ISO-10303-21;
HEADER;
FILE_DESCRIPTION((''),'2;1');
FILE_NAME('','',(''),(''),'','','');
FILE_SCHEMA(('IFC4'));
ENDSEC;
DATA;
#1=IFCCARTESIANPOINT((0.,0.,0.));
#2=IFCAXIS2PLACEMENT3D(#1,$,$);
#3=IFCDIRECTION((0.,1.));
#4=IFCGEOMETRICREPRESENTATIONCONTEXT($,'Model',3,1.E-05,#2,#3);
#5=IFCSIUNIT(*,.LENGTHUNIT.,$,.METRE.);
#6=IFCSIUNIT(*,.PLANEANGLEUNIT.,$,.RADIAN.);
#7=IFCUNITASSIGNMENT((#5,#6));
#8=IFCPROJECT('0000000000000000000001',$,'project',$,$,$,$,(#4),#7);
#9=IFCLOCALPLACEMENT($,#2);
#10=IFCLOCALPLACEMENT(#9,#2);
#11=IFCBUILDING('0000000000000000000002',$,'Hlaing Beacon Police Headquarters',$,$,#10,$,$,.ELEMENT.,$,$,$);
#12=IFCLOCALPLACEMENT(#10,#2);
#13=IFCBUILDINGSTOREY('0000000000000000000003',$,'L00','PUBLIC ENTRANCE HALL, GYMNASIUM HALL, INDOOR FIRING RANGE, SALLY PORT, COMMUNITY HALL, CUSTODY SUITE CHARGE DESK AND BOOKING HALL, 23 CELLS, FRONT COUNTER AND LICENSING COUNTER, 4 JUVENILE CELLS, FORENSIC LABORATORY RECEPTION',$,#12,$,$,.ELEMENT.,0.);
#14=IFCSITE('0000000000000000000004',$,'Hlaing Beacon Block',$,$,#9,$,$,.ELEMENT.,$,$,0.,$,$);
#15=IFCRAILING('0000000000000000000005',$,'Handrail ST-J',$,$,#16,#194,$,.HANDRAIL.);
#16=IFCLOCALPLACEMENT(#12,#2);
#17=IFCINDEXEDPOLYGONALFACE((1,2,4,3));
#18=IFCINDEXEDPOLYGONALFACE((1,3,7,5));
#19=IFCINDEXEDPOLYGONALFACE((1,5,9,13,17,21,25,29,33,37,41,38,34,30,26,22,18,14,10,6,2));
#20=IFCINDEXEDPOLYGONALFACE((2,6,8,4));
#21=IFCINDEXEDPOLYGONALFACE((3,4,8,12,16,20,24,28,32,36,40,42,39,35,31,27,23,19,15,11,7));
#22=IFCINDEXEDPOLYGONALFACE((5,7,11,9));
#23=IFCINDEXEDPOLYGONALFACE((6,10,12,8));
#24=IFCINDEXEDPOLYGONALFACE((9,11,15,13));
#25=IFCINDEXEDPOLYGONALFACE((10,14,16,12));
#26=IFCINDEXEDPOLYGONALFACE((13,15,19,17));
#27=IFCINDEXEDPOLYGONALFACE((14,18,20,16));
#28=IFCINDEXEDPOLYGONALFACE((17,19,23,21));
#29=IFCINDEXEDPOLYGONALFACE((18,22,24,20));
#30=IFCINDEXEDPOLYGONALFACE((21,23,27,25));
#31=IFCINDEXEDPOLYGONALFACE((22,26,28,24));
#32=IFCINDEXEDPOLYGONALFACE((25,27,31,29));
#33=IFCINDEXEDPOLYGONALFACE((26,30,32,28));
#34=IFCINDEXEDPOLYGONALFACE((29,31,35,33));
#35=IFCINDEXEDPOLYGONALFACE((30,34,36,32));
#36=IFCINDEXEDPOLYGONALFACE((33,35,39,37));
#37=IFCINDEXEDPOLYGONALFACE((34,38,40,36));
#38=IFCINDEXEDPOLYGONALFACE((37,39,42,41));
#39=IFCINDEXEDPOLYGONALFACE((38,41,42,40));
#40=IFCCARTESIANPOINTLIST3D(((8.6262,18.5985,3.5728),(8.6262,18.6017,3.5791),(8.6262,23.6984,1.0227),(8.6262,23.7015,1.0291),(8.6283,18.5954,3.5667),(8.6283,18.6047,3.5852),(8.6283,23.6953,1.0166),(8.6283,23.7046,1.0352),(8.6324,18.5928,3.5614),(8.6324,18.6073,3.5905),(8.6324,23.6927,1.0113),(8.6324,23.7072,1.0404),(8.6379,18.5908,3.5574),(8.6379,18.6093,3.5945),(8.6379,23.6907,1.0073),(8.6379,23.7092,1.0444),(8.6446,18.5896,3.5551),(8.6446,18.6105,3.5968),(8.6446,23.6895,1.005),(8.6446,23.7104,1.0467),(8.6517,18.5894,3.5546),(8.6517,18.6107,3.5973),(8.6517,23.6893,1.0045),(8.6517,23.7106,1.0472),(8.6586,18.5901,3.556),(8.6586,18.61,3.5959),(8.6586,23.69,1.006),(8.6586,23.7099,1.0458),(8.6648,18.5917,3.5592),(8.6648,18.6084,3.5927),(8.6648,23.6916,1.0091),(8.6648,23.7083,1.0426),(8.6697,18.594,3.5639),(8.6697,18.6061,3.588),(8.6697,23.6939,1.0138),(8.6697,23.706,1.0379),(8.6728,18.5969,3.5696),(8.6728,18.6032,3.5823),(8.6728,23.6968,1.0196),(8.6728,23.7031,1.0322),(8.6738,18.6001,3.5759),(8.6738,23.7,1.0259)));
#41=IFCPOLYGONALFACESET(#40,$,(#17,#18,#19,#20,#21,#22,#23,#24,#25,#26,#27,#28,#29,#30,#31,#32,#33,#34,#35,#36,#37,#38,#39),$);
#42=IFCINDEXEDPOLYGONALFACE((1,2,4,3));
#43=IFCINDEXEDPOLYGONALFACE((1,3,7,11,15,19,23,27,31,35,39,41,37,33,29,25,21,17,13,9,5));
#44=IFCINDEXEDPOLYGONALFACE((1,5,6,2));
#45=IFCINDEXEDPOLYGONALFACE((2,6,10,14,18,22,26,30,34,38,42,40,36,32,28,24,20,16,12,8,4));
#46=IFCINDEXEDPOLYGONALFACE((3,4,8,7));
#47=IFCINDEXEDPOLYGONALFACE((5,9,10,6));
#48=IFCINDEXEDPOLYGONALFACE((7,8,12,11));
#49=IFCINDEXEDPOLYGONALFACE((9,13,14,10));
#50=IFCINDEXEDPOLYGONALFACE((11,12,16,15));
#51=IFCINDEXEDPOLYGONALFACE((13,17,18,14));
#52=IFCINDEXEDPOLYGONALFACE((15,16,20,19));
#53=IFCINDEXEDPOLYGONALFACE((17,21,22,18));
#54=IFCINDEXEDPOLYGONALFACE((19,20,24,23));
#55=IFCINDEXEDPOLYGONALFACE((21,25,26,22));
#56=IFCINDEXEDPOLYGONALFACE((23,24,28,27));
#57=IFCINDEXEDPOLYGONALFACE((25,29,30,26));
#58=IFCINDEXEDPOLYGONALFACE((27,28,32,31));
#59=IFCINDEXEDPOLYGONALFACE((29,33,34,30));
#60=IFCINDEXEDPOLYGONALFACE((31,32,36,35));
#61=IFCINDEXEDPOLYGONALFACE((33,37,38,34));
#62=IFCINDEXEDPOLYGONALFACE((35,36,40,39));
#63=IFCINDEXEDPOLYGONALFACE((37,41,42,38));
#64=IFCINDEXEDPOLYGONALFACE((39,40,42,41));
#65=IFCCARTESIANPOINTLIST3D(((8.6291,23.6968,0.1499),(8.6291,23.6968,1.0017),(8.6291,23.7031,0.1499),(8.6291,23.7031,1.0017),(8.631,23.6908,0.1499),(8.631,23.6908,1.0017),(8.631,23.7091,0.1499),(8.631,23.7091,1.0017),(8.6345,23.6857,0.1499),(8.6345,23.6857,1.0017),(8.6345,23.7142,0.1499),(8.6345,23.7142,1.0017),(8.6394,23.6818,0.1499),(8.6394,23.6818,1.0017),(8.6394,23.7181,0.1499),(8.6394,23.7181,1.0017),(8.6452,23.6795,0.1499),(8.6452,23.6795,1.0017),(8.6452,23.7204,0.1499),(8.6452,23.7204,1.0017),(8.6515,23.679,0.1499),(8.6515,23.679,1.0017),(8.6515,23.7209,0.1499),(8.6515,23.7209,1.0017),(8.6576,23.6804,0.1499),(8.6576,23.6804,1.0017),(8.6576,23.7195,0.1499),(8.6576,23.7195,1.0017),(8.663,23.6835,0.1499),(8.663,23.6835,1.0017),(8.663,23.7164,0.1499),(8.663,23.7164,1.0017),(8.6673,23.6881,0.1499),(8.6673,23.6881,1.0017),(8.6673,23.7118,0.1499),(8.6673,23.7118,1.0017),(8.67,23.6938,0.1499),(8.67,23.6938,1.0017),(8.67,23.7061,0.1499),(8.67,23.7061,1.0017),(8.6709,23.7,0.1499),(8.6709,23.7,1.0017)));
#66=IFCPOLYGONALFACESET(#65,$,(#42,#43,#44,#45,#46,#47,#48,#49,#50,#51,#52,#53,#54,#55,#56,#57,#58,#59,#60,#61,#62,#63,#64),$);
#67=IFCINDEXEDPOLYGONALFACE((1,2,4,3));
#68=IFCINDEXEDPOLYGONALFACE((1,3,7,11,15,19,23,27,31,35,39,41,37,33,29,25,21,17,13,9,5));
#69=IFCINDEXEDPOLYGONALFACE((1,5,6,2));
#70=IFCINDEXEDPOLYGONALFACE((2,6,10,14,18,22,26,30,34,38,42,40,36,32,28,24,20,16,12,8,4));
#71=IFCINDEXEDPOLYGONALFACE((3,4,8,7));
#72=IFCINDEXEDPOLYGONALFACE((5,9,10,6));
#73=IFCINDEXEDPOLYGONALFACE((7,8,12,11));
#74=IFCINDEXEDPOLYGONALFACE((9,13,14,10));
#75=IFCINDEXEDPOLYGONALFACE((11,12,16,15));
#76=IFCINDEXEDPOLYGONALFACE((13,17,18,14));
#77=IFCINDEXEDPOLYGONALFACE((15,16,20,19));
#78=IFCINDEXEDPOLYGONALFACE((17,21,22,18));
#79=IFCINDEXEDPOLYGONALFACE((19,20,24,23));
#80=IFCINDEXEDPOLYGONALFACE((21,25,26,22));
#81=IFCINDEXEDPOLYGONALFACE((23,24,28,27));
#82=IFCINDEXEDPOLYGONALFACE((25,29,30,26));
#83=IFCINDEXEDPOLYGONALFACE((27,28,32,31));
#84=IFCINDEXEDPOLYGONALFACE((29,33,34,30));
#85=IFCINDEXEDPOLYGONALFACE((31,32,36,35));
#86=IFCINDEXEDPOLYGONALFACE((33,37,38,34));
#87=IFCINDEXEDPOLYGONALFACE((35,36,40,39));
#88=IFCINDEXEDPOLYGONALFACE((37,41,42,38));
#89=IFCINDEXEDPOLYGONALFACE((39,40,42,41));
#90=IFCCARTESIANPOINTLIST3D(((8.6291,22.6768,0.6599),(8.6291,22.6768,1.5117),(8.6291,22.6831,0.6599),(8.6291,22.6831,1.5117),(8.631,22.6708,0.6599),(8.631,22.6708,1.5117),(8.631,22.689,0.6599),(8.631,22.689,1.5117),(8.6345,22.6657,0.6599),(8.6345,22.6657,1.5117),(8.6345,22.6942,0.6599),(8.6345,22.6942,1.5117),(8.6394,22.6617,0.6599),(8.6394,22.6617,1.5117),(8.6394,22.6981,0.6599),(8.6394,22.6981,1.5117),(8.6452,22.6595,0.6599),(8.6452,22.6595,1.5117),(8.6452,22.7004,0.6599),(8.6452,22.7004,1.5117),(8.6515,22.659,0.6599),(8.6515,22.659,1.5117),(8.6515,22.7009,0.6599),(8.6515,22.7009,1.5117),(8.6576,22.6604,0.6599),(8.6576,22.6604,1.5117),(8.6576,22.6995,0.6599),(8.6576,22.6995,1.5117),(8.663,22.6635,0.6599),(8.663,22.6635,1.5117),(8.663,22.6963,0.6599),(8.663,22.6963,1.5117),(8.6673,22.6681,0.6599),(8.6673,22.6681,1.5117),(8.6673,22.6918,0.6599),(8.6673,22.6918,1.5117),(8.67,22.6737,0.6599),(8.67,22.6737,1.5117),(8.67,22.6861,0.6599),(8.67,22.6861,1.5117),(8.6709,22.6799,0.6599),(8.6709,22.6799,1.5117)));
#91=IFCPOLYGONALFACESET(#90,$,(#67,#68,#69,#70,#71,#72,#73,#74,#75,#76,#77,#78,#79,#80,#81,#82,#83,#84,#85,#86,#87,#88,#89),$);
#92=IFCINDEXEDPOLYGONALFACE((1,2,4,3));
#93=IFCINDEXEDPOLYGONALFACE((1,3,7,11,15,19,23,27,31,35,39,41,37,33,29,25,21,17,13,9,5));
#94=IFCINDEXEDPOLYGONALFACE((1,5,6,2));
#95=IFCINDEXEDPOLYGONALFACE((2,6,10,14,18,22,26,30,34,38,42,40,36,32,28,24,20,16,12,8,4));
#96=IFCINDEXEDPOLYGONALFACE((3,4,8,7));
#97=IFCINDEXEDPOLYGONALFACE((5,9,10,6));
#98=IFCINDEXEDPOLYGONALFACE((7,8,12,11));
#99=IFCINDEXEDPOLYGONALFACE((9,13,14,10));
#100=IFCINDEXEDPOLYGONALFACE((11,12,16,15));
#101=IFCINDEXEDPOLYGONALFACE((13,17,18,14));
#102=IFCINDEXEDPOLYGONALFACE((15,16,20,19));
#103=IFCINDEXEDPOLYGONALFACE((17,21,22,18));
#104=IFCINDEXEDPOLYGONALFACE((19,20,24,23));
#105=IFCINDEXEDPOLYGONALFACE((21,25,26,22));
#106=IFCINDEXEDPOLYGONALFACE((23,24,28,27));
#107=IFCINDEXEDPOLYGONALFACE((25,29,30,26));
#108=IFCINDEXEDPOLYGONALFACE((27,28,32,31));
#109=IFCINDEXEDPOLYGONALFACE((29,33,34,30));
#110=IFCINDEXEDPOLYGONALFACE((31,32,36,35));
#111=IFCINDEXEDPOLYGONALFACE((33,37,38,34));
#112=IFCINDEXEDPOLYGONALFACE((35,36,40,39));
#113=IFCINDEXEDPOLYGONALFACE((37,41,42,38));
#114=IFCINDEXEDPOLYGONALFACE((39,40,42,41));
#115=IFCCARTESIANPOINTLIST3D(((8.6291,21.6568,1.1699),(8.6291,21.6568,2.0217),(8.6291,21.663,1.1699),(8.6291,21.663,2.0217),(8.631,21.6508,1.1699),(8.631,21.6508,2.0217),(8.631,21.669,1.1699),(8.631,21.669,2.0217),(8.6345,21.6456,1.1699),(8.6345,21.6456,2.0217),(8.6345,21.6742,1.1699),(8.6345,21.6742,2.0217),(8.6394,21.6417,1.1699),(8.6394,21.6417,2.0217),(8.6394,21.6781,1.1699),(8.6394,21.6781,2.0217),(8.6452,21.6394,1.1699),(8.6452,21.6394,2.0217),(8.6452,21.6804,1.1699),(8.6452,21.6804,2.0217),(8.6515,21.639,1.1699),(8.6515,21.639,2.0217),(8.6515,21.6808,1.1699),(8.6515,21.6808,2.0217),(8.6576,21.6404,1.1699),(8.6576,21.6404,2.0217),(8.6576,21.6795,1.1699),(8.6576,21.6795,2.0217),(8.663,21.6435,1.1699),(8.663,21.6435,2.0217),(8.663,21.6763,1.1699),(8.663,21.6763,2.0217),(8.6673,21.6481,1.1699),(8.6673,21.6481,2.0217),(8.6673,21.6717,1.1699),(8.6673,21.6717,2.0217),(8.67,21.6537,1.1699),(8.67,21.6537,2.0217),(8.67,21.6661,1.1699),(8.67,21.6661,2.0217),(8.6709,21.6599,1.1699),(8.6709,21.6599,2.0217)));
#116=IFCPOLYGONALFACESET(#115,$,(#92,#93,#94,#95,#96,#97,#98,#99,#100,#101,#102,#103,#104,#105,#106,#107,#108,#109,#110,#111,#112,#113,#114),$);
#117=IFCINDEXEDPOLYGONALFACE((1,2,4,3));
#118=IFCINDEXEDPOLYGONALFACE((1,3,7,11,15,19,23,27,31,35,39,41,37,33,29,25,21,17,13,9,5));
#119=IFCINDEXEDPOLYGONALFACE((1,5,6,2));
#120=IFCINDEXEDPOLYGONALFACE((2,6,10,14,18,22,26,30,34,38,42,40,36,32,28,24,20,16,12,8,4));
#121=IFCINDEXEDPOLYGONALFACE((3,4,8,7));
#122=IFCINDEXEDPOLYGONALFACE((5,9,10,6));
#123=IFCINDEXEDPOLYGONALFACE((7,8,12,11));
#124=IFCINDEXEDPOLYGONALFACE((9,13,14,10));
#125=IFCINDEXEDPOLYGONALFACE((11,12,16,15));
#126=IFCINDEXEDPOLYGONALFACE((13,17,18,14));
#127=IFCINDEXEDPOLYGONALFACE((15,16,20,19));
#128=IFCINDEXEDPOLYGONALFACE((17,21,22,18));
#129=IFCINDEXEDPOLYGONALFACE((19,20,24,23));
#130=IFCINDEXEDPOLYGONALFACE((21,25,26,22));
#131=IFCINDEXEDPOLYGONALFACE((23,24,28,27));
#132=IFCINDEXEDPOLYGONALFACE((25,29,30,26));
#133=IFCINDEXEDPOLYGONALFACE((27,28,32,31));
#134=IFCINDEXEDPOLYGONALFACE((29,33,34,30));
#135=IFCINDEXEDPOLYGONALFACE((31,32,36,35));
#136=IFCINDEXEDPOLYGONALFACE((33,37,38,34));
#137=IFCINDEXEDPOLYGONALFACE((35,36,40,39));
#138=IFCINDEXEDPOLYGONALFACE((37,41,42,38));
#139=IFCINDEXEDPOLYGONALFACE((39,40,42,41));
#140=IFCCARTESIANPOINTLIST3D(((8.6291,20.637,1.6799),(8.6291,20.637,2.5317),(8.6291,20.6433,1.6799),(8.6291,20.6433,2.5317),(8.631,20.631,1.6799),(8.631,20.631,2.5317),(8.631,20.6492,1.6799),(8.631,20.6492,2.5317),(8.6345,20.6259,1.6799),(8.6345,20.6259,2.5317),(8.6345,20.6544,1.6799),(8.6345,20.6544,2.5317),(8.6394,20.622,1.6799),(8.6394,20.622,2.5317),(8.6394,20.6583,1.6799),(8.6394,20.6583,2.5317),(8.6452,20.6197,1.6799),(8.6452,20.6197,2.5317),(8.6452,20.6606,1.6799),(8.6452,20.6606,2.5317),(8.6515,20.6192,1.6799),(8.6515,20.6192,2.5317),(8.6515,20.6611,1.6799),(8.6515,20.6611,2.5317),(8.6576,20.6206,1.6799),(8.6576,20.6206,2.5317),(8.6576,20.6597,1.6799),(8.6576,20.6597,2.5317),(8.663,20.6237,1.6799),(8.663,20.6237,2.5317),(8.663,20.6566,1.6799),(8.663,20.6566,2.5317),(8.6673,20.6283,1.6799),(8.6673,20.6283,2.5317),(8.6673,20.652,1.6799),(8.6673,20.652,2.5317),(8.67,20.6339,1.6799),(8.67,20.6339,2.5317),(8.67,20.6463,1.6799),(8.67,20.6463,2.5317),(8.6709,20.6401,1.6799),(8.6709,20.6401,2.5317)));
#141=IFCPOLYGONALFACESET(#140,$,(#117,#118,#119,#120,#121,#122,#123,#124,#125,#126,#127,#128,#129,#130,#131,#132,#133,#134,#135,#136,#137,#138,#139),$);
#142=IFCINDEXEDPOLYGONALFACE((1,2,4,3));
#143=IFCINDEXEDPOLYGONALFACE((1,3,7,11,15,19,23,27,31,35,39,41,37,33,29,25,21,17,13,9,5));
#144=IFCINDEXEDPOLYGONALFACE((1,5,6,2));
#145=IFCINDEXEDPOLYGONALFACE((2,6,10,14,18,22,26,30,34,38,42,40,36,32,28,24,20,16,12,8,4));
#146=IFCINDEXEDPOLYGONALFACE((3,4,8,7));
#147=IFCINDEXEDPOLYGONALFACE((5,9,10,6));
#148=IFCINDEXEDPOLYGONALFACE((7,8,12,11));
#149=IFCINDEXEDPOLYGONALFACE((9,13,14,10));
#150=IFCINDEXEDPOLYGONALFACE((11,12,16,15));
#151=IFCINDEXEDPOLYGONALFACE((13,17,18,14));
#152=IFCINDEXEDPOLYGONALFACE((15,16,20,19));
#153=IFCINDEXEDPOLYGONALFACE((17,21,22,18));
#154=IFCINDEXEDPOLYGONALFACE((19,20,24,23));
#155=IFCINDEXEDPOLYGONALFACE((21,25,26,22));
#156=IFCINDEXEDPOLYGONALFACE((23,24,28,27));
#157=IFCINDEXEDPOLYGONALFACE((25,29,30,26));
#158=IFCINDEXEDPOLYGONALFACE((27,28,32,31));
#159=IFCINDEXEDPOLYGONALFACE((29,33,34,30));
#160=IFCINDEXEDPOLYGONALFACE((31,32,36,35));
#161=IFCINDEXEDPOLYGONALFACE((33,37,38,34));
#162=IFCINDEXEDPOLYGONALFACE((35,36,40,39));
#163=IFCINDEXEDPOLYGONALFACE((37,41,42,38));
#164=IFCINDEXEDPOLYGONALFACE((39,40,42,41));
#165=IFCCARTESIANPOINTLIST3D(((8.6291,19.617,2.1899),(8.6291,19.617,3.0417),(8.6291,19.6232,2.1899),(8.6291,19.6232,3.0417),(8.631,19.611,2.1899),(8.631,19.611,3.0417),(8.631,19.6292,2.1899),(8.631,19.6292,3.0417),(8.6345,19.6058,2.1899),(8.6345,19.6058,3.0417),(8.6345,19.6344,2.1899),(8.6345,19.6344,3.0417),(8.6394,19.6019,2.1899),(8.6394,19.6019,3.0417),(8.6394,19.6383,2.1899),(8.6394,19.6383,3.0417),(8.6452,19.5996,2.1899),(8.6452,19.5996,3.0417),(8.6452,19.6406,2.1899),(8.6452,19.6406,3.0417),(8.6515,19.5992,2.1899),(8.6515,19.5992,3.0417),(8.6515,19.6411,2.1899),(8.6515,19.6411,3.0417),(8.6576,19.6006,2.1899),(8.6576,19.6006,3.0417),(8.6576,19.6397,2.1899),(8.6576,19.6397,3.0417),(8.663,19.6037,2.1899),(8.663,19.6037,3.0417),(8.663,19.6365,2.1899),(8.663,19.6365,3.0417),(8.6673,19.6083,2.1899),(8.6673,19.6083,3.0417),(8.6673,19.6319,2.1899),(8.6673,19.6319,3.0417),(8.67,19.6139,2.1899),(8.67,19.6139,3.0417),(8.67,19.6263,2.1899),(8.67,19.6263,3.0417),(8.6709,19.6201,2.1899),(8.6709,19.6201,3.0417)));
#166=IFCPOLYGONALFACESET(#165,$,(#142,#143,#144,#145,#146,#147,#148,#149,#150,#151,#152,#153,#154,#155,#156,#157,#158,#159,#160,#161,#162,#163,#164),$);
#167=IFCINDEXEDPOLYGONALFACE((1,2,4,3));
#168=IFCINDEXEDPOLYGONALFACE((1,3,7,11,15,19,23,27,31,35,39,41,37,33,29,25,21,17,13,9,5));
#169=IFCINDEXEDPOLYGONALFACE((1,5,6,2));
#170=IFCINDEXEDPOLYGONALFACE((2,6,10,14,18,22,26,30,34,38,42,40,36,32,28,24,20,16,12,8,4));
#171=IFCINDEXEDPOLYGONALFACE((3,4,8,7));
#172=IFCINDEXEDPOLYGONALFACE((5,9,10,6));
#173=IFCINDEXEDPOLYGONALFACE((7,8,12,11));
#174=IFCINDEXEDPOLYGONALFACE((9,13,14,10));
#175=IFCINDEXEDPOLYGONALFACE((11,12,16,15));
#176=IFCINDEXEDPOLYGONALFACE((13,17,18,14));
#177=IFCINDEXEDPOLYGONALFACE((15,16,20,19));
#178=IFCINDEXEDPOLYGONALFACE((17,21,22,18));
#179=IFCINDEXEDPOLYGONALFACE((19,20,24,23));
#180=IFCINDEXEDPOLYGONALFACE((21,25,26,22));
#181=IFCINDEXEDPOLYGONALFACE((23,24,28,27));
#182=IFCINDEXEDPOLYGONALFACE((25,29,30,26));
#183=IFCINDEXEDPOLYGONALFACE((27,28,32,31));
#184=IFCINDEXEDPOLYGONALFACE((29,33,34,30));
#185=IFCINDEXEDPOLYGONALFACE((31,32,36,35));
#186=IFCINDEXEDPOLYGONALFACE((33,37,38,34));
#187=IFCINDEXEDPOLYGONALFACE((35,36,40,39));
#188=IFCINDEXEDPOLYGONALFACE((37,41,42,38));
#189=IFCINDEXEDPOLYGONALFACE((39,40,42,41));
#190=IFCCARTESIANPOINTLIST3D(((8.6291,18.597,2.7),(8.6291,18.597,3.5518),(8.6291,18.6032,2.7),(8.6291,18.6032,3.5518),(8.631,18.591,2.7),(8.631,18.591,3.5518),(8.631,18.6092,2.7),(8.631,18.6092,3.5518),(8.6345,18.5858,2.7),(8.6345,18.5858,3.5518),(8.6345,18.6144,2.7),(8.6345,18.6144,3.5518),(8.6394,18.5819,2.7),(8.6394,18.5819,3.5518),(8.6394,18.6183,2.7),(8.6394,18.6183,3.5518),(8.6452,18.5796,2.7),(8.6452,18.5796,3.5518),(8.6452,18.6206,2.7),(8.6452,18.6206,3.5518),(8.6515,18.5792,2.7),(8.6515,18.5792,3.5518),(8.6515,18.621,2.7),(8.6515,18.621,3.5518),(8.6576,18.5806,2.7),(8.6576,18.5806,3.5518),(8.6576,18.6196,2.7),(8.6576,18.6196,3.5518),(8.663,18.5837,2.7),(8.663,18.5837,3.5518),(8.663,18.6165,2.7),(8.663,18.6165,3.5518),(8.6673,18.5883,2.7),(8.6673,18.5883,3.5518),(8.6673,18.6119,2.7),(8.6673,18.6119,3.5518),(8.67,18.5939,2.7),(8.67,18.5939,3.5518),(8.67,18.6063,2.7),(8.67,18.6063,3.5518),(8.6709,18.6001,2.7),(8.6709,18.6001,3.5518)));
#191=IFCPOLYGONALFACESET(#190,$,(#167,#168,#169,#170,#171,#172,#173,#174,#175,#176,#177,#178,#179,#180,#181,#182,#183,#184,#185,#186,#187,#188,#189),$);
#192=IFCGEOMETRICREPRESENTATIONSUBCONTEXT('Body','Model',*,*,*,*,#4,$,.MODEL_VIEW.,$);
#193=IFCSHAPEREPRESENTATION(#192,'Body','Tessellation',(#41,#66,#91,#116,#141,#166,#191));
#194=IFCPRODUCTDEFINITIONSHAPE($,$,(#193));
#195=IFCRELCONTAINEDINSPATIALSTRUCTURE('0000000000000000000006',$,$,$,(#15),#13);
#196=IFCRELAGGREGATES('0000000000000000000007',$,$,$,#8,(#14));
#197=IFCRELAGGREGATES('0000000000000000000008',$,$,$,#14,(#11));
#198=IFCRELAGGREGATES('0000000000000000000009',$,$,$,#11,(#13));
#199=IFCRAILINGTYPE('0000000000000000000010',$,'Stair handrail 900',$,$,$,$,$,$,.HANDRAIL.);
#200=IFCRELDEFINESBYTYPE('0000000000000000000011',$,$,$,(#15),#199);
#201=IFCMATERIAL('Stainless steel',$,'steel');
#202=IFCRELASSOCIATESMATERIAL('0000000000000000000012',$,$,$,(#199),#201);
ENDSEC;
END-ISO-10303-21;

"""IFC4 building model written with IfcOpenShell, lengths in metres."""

from ifc_helpers import new_model, si_unit, direction, frame, origin, origin_2d, place, context, subcontext, project, spatial, circle, extrude, material, type_object, element, save


model = new_model("IFC4")

# Units and contexts
model_context = context("Model", 3, precision=1e-05, world=origin(), true_north=direction((0.0, 1.0)))
body_context = subcontext(model_context, "Body", "Model", "MODEL_VIEW")
ifc_project = project(units=[si_unit("LENGTHUNIT", "METRE"), si_unit("PLANEANGLEUNIT", "RADIAN")], contexts=[model_context])

# Site, building, storey
site_placement = place(None, origin())
site = spatial("IfcSite", under=ifc_project, at=site_placement, Name="Hlaing Beacon Block", CompositionType="ELEMENT", RefElevation=0.0)
building_placement = place(site_placement, origin())
building = spatial("IfcBuilding", under=site, at=building_placement, Name="Hlaing Beacon Police Headquarters", CompositionType="ELEMENT")
storey_placement = place(building_placement, origin())
storey = spatial("IfcBuildingStorey", under=building, at=storey_placement, Name="L00", Description="PUBLIC ENTRANCE HALL, GYMNASIUM HALL, INDOOR FIRING RANGE, SALLY PORT, COMMUNITY HALL, CUSTODY SUITE CHARGE DESK AND BOOKING HALL, 23 CELLS, FRONT COUNTER AND LICENSING COUNTER, 4 JUVENILE CELLS, FORENSIC LABORATORY RECEPTION", CompositionType="ELEMENT", Elevation=0.0)

# Railing
ifc_material_1 = material(Name="Stainless steel", Category="steel")
railing_type_1 = type_object("IfcRailingType", Name="Stair handrail 900", PredefinedType="HANDRAIL", material=ifc_material_1)
for number, where, name in (
    (1, (8.6499, 23.7, 0.1499), "Handrail ST-J"),
):
    element("IfcRailing", number, at=place(storey_placement, frame(where)), inside=storey, type_object=railing_type_1, Name=name, PredefinedType="HANDRAIL", context=body_context, shape_type="SweptSolid", body=[
        extrude(circle(Radius=0.0239, at=origin_2d()), frame((0.0, 0.0, 0.876), z_axis=(0.0, -0.894419, 0.447231), x_axis=(1.0, 0.0, 0.0)), (0.0, 0.0, 1.0), 5.7019),
        extrude(circle(Radius=0.021, at=origin_2d()), origin(), (0.0, 0.0, 1.0), 0.8518),
        extrude(circle(Radius=0.021, at=origin_2d()), frame((0.0, -1.02, 0.51)), (0.0, 0.0, 1.0), 0.8518),
        extrude(circle(Radius=0.021, at=origin_2d()), frame((0.0, -2.04, 1.02)), (0.0, 0.0, 1.0), 0.8518),
        extrude(circle(Radius=0.021, at=origin_2d()), frame((0.0, -3.0598, 1.53)), (0.0, 0.0, 1.0), 0.8518),
        extrude(circle(Radius=0.021, at=origin_2d()), frame((0.0, -4.0798, 2.04)), (0.0, 0.0, 1.0), 0.8518),
        extrude(circle(Radius=0.021, at=origin_2d()), frame((0.0, -5.0999, 2.55)), (0.0, 0.0, 1.0), 0.8518),
    ])

save(model, "model.ifc")
